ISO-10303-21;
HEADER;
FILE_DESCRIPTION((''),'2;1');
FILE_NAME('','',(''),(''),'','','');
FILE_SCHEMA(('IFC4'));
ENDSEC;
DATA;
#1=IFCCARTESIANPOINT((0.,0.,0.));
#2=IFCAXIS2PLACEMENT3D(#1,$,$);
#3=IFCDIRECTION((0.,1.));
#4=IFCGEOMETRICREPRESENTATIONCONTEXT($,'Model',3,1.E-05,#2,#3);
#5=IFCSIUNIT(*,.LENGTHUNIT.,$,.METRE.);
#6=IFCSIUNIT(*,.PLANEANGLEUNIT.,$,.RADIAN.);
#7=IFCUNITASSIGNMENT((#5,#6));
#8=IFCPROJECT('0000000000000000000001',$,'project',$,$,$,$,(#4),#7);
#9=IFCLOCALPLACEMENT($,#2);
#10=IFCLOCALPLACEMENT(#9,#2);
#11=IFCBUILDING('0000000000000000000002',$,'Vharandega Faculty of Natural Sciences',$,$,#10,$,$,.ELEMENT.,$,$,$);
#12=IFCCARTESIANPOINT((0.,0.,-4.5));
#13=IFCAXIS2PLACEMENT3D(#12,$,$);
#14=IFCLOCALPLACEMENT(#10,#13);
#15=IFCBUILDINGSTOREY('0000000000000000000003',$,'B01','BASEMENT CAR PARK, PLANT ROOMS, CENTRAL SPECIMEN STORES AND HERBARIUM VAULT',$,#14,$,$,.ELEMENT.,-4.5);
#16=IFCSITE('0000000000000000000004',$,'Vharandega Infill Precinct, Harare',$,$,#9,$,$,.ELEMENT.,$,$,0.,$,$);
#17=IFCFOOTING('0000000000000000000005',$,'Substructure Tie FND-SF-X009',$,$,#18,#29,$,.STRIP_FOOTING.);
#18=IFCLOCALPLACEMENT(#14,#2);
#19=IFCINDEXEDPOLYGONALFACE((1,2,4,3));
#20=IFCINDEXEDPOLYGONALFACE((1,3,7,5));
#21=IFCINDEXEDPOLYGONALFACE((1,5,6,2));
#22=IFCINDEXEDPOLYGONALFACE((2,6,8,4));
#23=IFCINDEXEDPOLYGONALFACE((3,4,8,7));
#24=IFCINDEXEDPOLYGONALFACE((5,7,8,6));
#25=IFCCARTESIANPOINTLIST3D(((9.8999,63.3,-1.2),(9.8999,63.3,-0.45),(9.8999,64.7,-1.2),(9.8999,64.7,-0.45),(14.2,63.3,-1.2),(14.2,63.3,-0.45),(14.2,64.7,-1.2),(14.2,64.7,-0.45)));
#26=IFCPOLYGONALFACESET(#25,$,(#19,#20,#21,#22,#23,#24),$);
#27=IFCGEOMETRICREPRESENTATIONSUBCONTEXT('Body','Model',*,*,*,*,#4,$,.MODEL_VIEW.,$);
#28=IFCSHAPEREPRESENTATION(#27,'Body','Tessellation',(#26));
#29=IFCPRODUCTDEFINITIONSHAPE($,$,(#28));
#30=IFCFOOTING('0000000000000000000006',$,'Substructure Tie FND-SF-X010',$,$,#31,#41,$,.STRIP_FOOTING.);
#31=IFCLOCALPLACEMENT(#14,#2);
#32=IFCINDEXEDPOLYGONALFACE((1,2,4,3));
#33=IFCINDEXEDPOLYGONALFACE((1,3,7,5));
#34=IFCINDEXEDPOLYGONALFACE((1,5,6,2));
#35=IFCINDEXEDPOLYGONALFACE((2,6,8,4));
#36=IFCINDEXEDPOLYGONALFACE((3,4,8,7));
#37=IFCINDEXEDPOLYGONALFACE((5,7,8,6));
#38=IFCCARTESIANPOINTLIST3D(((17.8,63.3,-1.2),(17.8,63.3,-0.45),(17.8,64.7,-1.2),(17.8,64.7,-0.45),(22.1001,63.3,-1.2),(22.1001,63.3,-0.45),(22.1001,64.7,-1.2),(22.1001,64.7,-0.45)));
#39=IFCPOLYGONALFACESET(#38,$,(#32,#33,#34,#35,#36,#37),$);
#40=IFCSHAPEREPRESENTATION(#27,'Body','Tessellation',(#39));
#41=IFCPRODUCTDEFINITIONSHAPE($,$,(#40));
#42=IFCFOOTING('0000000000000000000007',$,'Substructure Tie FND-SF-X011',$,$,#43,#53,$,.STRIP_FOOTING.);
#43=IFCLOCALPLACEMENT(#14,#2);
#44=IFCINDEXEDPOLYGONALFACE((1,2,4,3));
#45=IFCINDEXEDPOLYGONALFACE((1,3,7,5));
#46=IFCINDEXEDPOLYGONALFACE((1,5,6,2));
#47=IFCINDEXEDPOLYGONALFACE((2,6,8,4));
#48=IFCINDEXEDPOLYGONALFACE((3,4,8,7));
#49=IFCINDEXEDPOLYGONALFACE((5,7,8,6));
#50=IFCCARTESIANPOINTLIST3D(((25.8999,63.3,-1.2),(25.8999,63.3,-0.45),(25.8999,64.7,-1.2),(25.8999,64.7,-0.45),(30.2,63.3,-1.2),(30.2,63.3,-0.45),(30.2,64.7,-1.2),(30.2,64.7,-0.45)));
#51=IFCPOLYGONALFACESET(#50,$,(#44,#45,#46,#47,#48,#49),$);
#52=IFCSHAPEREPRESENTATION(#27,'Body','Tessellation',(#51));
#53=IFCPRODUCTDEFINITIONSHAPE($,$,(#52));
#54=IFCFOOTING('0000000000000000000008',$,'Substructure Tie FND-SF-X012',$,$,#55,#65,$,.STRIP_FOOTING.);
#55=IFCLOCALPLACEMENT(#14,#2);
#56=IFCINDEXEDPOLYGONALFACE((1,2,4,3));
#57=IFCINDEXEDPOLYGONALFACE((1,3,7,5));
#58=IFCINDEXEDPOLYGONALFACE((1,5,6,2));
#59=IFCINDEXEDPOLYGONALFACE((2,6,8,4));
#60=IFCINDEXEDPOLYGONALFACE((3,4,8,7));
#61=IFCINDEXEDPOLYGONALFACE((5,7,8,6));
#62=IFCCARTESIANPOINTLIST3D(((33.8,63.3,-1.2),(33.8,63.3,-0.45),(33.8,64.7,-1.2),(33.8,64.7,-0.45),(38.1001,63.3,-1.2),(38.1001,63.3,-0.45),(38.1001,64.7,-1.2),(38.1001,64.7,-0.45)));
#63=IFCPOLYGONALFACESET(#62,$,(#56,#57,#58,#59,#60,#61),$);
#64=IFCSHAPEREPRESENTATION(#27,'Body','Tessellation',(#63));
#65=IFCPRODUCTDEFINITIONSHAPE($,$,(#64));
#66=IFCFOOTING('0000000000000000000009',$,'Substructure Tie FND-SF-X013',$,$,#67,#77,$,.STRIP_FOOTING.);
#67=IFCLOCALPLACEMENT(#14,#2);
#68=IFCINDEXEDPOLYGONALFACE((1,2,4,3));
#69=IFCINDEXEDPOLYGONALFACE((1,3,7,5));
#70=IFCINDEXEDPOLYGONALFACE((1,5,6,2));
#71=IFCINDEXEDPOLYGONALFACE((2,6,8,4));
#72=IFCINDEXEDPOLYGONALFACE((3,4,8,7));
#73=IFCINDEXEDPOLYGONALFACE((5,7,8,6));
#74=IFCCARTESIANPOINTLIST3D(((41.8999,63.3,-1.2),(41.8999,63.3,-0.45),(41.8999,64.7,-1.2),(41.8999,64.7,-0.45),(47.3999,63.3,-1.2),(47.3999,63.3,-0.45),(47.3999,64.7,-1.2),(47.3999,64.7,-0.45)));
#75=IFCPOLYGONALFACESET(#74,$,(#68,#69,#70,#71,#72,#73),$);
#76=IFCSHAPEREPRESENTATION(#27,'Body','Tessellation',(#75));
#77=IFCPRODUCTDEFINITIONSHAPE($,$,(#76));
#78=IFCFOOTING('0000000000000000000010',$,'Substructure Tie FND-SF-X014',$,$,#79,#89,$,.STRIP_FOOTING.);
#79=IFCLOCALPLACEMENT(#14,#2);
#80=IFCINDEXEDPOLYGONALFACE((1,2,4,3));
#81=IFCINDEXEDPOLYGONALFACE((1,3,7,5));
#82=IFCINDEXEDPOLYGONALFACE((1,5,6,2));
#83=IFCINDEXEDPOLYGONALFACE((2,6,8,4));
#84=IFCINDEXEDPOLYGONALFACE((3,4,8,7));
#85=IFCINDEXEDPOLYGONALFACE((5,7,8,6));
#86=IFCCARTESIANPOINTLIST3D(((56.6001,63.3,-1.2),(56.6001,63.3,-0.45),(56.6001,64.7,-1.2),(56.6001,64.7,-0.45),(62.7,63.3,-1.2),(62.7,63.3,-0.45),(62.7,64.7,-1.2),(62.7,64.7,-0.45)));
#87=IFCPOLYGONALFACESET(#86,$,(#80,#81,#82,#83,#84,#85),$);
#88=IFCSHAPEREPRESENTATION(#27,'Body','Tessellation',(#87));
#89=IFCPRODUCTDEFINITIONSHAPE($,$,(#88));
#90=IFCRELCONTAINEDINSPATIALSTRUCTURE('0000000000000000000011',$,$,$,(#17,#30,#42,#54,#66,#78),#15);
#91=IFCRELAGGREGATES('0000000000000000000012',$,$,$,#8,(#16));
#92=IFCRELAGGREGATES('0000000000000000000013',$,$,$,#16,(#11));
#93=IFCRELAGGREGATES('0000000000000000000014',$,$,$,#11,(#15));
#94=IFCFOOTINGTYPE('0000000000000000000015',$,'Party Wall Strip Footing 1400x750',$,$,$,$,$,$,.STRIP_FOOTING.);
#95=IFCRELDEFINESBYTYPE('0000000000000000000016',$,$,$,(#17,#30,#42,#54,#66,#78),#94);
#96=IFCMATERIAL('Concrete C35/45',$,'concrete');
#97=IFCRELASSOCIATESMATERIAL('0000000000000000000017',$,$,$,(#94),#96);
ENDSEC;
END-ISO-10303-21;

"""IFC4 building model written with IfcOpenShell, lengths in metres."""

from ifc_helpers import new_model, si_unit, direction, frame, origin, place, context, subcontext, project, spatial, polyline, outline, extrude, material, type_object, element, save


model = new_model("IFC4")

# Units and contexts
model_context = context("Model", 3, precision=1e-05, world=origin(), true_north=direction((0.0, 1.0)))
body_context = subcontext(model_context, "Body", "Model", "MODEL_VIEW")
ifc_project = project(units=[si_unit("LENGTHUNIT", "METRE"), si_unit("PLANEANGLEUNIT", "RADIAN")], contexts=[model_context])

# Site, building, storey
site_placement = place(None, origin())
site = spatial("IfcSite", under=ifc_project, at=site_placement, Name="Vharandega Infill Precinct, Harare", CompositionType="ELEMENT", RefElevation=0.0)
building_placement = place(site_placement, origin())
building = spatial("IfcBuilding", under=site, at=building_placement, Name="Vharandega Faculty of Natural Sciences", CompositionType="ELEMENT")
storey_placement = place(building_placement, frame((0.0, 0.0, -4.5)))
storey = spatial("IfcBuildingStorey", under=building, at=storey_placement, Name="B01", Description="BASEMENT CAR PARK, PLANT ROOMS, CENTRAL SPECIMEN STORES AND HERBARIUM VAULT", CompositionType="ELEMENT", Elevation=-4.5)

# Footings
ifc_material_1 = material(Name="Concrete C35/45", Category="concrete")
footing_type_1 = type_object("IfcFootingType", Name="Party Wall Strip Footing 1400x750", PredefinedType="STRIP_FOOTING", material=ifc_material_1)
footing_1_placement = place(storey_placement, frame((0.0, 0.0, -1.2)))
element("IfcFooting", 1, at=footing_1_placement, inside=storey, type_object=footing_type_1, Name="Substructure Tie FND-SF-X009", PredefinedType="STRIP_FOOTING", context=body_context, shape_type="SweptSolid", body=[
    extrude(outline(polyline([(9.8999, 63.3), (14.2, 63.3), (14.2, 64.7), (9.8999, 64.7), (9.8999, 63.3)])), origin(), (0.0, 0.0, 1.0), 0.75),
])
footing_2_placement = place(storey_placement, frame((0.0, 0.0, -1.2)))
element("IfcFooting", 2, at=footing_2_placement, inside=storey, type_object=footing_type_1, Name="Substructure Tie FND-SF-X010", PredefinedType="STRIP_FOOTING", context=body_context, shape_type="SweptSolid", body=[
    extrude(outline(polyline([(17.8, 63.3), (22.1001, 63.3), (22.1001, 64.7), (17.8, 64.7), (17.8, 63.3)])), origin(), (0.0, 0.0, 1.0), 0.75),
])
footing_3_placement = place(storey_placement, frame((0.0, 0.0, -1.2)))
element("IfcFooting", 3, at=footing_3_placement, inside=storey, type_object=footing_type_1, Name="Substructure Tie FND-SF-X011", PredefinedType="STRIP_FOOTING", context=body_context, shape_type="SweptSolid", body=[
    extrude(outline(polyline([(25.8999, 63.3), (30.2, 63.3), (30.2, 64.7), (25.8999, 64.7), (25.8999, 63.3)])), origin(), (0.0, 0.0, 1.0), 0.75),
])
footing_4_placement = place(storey_placement, frame((0.0, 0.0, -1.2)))
element("IfcFooting", 4, at=footing_4_placement, inside=storey, type_object=footing_type_1, Name="Substructure Tie FND-SF-X012", PredefinedType="STRIP_FOOTING", context=body_context, shape_type="SweptSolid", body=[
    extrude(outline(polyline([(33.8, 63.3), (38.1001, 63.3), (38.1001, 64.7), (33.8, 64.7), (33.8, 63.3)])), origin(), (0.0, 0.0, 1.0), 0.75),
])
footing_5_placement = place(storey_placement, frame((0.0, 0.0, -1.2)))
element("IfcFooting", 5, at=footing_5_placement, inside=storey, type_object=footing_type_1, Name="Substructure Tie FND-SF-X013", PredefinedType="STRIP_FOOTING", context=body_context, shape_type="SweptSolid", body=[
    extrude(outline(polyline([(41.8999, 63.3), (47.3999, 63.3), (47.3999, 64.7), (41.8999, 64.7), (41.8999, 63.3)])), origin(), (0.0, 0.0, 1.0), 0.75),
])
footing_6_placement = place(storey_placement, frame((0.0, 0.0, -1.2)))
element("IfcFooting", 6, at=footing_6_placement, inside=storey, type_object=footing_type_1, Name="Substructure Tie FND-SF-X014", PredefinedType="STRIP_FOOTING", context=body_context, shape_type="SweptSolid", body=[
    extrude(outline(polyline([(56.6001, 63.3), (62.7, 63.3), (62.7, 64.7), (56.6001, 64.7), (56.6001, 63.3)])), origin(), (0.0, 0.0, 1.0), 0.75),
])

save(model, "model.ifc")
